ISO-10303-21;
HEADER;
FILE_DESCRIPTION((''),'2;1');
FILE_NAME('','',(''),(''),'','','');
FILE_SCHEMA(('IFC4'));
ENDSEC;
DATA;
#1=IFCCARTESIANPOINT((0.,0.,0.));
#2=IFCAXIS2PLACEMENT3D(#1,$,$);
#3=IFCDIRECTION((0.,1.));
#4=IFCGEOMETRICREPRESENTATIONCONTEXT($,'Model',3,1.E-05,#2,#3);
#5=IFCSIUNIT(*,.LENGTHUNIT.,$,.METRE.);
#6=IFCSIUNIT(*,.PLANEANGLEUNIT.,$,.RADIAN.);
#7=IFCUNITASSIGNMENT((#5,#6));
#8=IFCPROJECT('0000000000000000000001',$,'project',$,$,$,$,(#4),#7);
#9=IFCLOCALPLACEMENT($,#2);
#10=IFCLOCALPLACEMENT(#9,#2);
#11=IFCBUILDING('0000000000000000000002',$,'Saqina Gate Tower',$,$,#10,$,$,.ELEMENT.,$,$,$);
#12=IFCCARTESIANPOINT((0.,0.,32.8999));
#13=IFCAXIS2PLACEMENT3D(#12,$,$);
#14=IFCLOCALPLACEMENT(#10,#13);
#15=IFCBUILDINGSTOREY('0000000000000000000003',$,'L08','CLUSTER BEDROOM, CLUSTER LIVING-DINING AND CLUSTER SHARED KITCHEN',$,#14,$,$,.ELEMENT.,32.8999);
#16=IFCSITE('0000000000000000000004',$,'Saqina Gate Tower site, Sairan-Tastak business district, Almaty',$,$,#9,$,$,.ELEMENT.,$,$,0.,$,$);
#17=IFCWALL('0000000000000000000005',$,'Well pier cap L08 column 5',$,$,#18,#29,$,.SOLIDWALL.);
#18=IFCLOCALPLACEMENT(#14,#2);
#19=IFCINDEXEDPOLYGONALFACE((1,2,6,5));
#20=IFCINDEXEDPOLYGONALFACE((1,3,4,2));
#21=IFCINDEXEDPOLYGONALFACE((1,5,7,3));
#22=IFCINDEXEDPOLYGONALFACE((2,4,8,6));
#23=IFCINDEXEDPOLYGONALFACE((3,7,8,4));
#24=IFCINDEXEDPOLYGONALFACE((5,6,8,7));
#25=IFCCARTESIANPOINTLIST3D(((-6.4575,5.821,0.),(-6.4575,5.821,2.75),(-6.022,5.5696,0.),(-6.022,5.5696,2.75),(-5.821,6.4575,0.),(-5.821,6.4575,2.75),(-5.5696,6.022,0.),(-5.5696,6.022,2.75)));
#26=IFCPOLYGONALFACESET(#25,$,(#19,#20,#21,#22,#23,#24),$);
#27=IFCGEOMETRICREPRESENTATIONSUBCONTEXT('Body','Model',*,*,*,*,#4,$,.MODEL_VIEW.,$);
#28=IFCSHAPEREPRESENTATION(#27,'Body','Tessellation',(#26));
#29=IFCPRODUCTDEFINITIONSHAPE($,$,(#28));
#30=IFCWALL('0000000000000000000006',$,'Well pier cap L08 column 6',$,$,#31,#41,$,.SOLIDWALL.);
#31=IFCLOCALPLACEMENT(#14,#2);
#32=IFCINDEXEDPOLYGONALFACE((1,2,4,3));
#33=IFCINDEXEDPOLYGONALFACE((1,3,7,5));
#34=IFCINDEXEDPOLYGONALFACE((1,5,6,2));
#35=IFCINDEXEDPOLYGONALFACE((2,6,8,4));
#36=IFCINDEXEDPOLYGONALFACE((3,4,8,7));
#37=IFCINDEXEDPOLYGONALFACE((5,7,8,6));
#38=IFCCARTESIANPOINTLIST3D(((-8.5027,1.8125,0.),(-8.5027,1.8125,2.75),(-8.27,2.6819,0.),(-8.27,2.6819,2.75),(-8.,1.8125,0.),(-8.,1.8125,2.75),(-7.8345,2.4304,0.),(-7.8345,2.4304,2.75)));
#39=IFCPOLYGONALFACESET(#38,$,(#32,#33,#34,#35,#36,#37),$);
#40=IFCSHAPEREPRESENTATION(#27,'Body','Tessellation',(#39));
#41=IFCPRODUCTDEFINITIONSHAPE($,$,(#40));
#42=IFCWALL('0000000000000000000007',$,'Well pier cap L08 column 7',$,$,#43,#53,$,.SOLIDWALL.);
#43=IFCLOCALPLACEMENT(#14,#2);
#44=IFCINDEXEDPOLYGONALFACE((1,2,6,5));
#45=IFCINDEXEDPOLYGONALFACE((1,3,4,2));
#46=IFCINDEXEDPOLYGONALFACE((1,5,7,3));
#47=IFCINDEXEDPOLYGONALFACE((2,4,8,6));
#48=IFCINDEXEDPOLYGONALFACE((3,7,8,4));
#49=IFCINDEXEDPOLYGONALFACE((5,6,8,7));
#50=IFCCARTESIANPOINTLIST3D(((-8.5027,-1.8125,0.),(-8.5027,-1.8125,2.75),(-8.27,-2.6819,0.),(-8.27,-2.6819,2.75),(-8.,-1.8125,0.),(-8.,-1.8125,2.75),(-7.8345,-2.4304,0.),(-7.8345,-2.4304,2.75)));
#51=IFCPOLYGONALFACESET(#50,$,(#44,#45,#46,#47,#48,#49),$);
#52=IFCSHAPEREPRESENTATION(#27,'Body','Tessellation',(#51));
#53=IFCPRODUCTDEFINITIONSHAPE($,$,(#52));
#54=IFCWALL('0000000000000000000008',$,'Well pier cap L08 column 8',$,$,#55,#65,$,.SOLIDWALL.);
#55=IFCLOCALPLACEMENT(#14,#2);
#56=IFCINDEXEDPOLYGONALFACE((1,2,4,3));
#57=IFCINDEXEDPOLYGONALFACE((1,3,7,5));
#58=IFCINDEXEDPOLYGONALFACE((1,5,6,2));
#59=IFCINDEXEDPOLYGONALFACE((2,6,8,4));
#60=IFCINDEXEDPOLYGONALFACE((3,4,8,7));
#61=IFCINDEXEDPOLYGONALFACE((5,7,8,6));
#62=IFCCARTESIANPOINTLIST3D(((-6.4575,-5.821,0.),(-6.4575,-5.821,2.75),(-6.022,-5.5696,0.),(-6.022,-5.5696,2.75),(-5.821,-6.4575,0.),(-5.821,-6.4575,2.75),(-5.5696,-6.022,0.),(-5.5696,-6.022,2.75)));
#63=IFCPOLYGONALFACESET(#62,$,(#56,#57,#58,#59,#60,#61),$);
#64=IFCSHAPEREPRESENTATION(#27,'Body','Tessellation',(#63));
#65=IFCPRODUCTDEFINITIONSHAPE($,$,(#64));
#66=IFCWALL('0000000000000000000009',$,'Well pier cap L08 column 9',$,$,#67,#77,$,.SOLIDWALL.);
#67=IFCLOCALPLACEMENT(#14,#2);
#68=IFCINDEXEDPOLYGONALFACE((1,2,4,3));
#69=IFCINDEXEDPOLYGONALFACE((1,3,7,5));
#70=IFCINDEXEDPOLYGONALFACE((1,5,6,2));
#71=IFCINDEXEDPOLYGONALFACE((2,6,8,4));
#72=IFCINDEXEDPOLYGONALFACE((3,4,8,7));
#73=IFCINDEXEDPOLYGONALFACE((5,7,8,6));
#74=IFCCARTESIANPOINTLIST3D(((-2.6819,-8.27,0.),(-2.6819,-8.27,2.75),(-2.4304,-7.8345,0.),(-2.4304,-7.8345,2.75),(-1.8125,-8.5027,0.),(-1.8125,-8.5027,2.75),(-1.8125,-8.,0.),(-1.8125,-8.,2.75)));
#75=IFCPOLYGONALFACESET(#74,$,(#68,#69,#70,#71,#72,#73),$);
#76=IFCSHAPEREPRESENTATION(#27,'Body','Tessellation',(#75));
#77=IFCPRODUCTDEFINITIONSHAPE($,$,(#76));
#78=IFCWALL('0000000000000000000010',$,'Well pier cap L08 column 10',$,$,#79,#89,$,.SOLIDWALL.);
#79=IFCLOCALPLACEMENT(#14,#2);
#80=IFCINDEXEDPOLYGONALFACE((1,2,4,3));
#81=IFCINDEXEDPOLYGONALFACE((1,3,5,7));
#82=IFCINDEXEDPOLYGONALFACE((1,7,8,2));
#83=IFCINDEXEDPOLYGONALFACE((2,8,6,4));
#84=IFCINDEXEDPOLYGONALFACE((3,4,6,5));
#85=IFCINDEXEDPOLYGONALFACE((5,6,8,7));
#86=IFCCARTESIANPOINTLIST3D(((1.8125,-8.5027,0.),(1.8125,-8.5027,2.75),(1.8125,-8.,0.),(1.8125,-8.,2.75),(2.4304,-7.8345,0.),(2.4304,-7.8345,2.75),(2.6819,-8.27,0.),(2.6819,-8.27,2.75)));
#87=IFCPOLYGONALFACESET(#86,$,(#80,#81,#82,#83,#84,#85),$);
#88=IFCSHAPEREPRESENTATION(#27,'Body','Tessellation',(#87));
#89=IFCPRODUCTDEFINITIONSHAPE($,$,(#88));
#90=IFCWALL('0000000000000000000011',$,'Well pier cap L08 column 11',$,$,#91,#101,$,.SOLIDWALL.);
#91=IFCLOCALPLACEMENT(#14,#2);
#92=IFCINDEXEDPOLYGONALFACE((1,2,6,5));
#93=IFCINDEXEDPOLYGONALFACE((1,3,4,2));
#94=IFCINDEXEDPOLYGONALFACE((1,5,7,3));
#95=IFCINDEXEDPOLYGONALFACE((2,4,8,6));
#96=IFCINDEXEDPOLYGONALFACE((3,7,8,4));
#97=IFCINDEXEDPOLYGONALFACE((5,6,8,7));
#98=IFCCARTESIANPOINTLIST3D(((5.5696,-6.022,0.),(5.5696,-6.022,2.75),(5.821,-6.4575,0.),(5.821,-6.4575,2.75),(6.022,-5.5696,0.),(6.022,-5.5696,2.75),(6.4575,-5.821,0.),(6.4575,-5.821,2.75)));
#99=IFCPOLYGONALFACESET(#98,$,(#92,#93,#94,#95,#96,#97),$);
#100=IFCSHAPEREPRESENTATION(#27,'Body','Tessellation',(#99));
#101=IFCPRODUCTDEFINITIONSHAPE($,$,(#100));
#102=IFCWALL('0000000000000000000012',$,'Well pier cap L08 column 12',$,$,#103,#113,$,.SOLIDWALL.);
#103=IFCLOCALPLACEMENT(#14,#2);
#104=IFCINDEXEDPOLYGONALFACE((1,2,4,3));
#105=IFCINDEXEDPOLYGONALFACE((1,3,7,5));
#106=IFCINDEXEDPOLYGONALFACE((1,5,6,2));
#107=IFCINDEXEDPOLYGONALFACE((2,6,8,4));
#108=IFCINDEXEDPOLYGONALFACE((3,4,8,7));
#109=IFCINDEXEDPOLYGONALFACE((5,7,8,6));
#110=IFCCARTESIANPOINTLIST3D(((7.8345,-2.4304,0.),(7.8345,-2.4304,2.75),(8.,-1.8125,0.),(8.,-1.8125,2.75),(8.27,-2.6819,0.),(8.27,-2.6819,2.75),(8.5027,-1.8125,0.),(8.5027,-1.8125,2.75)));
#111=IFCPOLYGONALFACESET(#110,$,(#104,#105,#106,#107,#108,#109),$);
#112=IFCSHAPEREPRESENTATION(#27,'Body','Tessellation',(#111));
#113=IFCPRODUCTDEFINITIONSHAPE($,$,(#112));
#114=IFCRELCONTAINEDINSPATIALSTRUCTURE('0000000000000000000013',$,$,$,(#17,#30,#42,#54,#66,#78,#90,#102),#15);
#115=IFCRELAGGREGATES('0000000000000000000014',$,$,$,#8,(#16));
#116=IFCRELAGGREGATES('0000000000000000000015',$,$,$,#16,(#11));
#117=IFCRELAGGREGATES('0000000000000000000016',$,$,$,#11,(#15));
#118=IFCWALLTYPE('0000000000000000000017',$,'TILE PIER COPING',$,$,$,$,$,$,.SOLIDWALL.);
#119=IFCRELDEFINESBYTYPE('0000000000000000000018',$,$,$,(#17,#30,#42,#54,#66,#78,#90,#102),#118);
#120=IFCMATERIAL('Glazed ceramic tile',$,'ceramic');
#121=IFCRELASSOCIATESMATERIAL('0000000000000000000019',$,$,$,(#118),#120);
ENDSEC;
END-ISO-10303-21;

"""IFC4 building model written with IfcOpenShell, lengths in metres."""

from ifc_helpers import new_model, si_unit, direction, frame, origin, place, context, subcontext, project, spatial, polyline, outline, extrude, material, type_object, element, save


model = new_model("IFC4")

# Units and contexts
model_context = context("Model", 3, precision=1e-05, world=origin(), true_north=direction((0.0, 1.0)))
body_context = subcontext(model_context, "Body", "Model", "MODEL_VIEW")
ifc_project = project(units=[si_unit("LENGTHUNIT", "METRE"), si_unit("PLANEANGLEUNIT", "RADIAN")], contexts=[model_context])

# Site, building, storey
site_placement = place(None, origin())
site = spatial("IfcSite", under=ifc_project, at=site_placement, Name="Saqina Gate Tower site, Sairan-Tastak business district, Almaty", CompositionType="ELEMENT", RefElevation=0.0)
building_placement = place(site_placement, origin())
building = spatial("IfcBuilding", under=site, at=building_placement, Name="Saqina Gate Tower", CompositionType="ELEMENT")
storey_placement = place(building_placement, frame((0.0, 0.0, 32.8999)))
storey = spatial("IfcBuildingStorey", under=building, at=storey_placement, Name="L08", Description="CLUSTER BEDROOM, CLUSTER LIVING-DINING AND CLUSTER SHARED KITCHEN", CompositionType="ELEMENT", Elevation=32.8999)

# Walls
ifc_material_1 = material(Name="Glazed ceramic tile", Category="ceramic")
wall_type_1 = type_object("IfcWallType", Name="TILE PIER COPING", PredefinedType="SOLIDWALL", material=ifc_material_1)
wall_1_placement = place(storey_placement, origin())
element("IfcWall", 1, at=wall_1_placement, inside=storey, type_object=wall_type_1, Name="Well pier cap L08 column 5", PredefinedType="SOLIDWALL", context=body_context, shape_type="SweptSolid", body=[
    extrude(outline(polyline([(-6.4575, 5.821), (-6.022, 5.5696), (-5.5696, 6.022), (-5.821, 6.4575), (-6.4575, 5.821)])), origin(), (0.0, 0.0, 1.0), 2.75),
])
wall_2_placement = place(storey_placement, origin())
element("IfcWall", 2, at=wall_2_placement, inside=storey, type_object=wall_type_1, Name="Well pier cap L08 column 6", PredefinedType="SOLIDWALL", context=body_context, shape_type="SweptSolid", body=[
    extrude(outline(polyline([(-8.5027, 1.8125), (-8.0, 1.8125), (-7.8345, 2.4304), (-8.27, 2.6819), (-8.5027, 1.8125)])), origin(), (0.0, 0.0, 1.0), 2.75),
])
wall_3_placement = place(storey_placement, origin())
element("IfcWall", 3, at=wall_3_placement, inside=storey, type_object=wall_type_1, Name="Well pier cap L08 column 7", PredefinedType="SOLIDWALL", context=body_context, shape_type="SweptSolid", body=[
    extrude(outline(polyline([(-8.27, -2.6819), (-7.8345, -2.4304), (-8.0, -1.8125), (-8.5027, -1.8125), (-8.27, -2.6819)])), origin(), (0.0, 0.0, 1.0), 2.75),
])
wall_4_placement = place(storey_placement, origin())
element("IfcWall", 4, at=wall_4_placement, inside=storey, type_object=wall_type_1, Name="Well pier cap L08 column 8", PredefinedType="SOLIDWALL", context=body_context, shape_type="SweptSolid", body=[
    extrude(outline(polyline([(-6.4575, -5.821), (-5.821, -6.4575), (-5.5696, -6.022), (-6.022, -5.5696), (-6.4575, -5.821)])), origin(), (0.0, 0.0, 1.0), 2.75),
])
wall_5_placement = place(storey_placement, origin())
element("IfcWall", 5, at=wall_5_placement, inside=storey, type_object=wall_type_1, Name="Well pier cap L08 column 9", PredefinedType="SOLIDWALL", context=body_context, shape_type="SweptSolid", body=[
    extrude(outline(polyline([(-1.8125, -8.5027), (-1.8125, -8.0), (-2.4304, -7.8345), (-2.6819, -8.27), (-1.8125, -8.5027)])), origin(), (0.0, 0.0, 1.0), 2.75),
])
wall_6_placement = place(storey_placement, origin())
element("IfcWall", 6, at=wall_6_placement, inside=storey, type_object=wall_type_1, Name="Well pier cap L08 column 10", PredefinedType="SOLIDWALL", context=body_context, shape_type="SweptSolid", body=[
    extrude(outline(polyline([(2.6819, -8.27), (2.4304, -7.8345), (1.8125, -8.0), (1.8125, -8.5027), (2.6819, -8.27)])), origin(), (0.0, 0.0, 1.0), 2.75),
])
wall_7_placement = place(storey_placement, origin())
element("IfcWall", 7, at=wall_7_placement, inside=storey, type_object=wall_type_1, Name="Well pier cap L08 column 11", PredefinedType="SOLIDWALL", context=body_context, shape_type="SweptSolid", body=[
    extrude(outline(polyline([(5.821, -6.4575), (6.4575, -5.821), (6.022, -5.5696), (5.5696, -6.022), (5.821, -6.4575)])), origin(), (0.0, 0.0, 1.0), 2.75),
])
wall_8_placement = place(storey_placement, origin())
element("IfcWall", 8, at=wall_8_placement, inside=storey, type_object=wall_type_1, Name="Well pier cap L08 column 12", PredefinedType="SOLIDWALL", context=body_context, shape_type="SweptSolid", body=[
    extrude(outline(polyline([(8.5027, -1.8125), (8.0, -1.8125), (7.8345, -2.4304), (8.27, -2.6819), (8.5027, -1.8125)])), origin(), (0.0, 0.0, 1.0), 2.75),
])

save(model, "model.ifc")
